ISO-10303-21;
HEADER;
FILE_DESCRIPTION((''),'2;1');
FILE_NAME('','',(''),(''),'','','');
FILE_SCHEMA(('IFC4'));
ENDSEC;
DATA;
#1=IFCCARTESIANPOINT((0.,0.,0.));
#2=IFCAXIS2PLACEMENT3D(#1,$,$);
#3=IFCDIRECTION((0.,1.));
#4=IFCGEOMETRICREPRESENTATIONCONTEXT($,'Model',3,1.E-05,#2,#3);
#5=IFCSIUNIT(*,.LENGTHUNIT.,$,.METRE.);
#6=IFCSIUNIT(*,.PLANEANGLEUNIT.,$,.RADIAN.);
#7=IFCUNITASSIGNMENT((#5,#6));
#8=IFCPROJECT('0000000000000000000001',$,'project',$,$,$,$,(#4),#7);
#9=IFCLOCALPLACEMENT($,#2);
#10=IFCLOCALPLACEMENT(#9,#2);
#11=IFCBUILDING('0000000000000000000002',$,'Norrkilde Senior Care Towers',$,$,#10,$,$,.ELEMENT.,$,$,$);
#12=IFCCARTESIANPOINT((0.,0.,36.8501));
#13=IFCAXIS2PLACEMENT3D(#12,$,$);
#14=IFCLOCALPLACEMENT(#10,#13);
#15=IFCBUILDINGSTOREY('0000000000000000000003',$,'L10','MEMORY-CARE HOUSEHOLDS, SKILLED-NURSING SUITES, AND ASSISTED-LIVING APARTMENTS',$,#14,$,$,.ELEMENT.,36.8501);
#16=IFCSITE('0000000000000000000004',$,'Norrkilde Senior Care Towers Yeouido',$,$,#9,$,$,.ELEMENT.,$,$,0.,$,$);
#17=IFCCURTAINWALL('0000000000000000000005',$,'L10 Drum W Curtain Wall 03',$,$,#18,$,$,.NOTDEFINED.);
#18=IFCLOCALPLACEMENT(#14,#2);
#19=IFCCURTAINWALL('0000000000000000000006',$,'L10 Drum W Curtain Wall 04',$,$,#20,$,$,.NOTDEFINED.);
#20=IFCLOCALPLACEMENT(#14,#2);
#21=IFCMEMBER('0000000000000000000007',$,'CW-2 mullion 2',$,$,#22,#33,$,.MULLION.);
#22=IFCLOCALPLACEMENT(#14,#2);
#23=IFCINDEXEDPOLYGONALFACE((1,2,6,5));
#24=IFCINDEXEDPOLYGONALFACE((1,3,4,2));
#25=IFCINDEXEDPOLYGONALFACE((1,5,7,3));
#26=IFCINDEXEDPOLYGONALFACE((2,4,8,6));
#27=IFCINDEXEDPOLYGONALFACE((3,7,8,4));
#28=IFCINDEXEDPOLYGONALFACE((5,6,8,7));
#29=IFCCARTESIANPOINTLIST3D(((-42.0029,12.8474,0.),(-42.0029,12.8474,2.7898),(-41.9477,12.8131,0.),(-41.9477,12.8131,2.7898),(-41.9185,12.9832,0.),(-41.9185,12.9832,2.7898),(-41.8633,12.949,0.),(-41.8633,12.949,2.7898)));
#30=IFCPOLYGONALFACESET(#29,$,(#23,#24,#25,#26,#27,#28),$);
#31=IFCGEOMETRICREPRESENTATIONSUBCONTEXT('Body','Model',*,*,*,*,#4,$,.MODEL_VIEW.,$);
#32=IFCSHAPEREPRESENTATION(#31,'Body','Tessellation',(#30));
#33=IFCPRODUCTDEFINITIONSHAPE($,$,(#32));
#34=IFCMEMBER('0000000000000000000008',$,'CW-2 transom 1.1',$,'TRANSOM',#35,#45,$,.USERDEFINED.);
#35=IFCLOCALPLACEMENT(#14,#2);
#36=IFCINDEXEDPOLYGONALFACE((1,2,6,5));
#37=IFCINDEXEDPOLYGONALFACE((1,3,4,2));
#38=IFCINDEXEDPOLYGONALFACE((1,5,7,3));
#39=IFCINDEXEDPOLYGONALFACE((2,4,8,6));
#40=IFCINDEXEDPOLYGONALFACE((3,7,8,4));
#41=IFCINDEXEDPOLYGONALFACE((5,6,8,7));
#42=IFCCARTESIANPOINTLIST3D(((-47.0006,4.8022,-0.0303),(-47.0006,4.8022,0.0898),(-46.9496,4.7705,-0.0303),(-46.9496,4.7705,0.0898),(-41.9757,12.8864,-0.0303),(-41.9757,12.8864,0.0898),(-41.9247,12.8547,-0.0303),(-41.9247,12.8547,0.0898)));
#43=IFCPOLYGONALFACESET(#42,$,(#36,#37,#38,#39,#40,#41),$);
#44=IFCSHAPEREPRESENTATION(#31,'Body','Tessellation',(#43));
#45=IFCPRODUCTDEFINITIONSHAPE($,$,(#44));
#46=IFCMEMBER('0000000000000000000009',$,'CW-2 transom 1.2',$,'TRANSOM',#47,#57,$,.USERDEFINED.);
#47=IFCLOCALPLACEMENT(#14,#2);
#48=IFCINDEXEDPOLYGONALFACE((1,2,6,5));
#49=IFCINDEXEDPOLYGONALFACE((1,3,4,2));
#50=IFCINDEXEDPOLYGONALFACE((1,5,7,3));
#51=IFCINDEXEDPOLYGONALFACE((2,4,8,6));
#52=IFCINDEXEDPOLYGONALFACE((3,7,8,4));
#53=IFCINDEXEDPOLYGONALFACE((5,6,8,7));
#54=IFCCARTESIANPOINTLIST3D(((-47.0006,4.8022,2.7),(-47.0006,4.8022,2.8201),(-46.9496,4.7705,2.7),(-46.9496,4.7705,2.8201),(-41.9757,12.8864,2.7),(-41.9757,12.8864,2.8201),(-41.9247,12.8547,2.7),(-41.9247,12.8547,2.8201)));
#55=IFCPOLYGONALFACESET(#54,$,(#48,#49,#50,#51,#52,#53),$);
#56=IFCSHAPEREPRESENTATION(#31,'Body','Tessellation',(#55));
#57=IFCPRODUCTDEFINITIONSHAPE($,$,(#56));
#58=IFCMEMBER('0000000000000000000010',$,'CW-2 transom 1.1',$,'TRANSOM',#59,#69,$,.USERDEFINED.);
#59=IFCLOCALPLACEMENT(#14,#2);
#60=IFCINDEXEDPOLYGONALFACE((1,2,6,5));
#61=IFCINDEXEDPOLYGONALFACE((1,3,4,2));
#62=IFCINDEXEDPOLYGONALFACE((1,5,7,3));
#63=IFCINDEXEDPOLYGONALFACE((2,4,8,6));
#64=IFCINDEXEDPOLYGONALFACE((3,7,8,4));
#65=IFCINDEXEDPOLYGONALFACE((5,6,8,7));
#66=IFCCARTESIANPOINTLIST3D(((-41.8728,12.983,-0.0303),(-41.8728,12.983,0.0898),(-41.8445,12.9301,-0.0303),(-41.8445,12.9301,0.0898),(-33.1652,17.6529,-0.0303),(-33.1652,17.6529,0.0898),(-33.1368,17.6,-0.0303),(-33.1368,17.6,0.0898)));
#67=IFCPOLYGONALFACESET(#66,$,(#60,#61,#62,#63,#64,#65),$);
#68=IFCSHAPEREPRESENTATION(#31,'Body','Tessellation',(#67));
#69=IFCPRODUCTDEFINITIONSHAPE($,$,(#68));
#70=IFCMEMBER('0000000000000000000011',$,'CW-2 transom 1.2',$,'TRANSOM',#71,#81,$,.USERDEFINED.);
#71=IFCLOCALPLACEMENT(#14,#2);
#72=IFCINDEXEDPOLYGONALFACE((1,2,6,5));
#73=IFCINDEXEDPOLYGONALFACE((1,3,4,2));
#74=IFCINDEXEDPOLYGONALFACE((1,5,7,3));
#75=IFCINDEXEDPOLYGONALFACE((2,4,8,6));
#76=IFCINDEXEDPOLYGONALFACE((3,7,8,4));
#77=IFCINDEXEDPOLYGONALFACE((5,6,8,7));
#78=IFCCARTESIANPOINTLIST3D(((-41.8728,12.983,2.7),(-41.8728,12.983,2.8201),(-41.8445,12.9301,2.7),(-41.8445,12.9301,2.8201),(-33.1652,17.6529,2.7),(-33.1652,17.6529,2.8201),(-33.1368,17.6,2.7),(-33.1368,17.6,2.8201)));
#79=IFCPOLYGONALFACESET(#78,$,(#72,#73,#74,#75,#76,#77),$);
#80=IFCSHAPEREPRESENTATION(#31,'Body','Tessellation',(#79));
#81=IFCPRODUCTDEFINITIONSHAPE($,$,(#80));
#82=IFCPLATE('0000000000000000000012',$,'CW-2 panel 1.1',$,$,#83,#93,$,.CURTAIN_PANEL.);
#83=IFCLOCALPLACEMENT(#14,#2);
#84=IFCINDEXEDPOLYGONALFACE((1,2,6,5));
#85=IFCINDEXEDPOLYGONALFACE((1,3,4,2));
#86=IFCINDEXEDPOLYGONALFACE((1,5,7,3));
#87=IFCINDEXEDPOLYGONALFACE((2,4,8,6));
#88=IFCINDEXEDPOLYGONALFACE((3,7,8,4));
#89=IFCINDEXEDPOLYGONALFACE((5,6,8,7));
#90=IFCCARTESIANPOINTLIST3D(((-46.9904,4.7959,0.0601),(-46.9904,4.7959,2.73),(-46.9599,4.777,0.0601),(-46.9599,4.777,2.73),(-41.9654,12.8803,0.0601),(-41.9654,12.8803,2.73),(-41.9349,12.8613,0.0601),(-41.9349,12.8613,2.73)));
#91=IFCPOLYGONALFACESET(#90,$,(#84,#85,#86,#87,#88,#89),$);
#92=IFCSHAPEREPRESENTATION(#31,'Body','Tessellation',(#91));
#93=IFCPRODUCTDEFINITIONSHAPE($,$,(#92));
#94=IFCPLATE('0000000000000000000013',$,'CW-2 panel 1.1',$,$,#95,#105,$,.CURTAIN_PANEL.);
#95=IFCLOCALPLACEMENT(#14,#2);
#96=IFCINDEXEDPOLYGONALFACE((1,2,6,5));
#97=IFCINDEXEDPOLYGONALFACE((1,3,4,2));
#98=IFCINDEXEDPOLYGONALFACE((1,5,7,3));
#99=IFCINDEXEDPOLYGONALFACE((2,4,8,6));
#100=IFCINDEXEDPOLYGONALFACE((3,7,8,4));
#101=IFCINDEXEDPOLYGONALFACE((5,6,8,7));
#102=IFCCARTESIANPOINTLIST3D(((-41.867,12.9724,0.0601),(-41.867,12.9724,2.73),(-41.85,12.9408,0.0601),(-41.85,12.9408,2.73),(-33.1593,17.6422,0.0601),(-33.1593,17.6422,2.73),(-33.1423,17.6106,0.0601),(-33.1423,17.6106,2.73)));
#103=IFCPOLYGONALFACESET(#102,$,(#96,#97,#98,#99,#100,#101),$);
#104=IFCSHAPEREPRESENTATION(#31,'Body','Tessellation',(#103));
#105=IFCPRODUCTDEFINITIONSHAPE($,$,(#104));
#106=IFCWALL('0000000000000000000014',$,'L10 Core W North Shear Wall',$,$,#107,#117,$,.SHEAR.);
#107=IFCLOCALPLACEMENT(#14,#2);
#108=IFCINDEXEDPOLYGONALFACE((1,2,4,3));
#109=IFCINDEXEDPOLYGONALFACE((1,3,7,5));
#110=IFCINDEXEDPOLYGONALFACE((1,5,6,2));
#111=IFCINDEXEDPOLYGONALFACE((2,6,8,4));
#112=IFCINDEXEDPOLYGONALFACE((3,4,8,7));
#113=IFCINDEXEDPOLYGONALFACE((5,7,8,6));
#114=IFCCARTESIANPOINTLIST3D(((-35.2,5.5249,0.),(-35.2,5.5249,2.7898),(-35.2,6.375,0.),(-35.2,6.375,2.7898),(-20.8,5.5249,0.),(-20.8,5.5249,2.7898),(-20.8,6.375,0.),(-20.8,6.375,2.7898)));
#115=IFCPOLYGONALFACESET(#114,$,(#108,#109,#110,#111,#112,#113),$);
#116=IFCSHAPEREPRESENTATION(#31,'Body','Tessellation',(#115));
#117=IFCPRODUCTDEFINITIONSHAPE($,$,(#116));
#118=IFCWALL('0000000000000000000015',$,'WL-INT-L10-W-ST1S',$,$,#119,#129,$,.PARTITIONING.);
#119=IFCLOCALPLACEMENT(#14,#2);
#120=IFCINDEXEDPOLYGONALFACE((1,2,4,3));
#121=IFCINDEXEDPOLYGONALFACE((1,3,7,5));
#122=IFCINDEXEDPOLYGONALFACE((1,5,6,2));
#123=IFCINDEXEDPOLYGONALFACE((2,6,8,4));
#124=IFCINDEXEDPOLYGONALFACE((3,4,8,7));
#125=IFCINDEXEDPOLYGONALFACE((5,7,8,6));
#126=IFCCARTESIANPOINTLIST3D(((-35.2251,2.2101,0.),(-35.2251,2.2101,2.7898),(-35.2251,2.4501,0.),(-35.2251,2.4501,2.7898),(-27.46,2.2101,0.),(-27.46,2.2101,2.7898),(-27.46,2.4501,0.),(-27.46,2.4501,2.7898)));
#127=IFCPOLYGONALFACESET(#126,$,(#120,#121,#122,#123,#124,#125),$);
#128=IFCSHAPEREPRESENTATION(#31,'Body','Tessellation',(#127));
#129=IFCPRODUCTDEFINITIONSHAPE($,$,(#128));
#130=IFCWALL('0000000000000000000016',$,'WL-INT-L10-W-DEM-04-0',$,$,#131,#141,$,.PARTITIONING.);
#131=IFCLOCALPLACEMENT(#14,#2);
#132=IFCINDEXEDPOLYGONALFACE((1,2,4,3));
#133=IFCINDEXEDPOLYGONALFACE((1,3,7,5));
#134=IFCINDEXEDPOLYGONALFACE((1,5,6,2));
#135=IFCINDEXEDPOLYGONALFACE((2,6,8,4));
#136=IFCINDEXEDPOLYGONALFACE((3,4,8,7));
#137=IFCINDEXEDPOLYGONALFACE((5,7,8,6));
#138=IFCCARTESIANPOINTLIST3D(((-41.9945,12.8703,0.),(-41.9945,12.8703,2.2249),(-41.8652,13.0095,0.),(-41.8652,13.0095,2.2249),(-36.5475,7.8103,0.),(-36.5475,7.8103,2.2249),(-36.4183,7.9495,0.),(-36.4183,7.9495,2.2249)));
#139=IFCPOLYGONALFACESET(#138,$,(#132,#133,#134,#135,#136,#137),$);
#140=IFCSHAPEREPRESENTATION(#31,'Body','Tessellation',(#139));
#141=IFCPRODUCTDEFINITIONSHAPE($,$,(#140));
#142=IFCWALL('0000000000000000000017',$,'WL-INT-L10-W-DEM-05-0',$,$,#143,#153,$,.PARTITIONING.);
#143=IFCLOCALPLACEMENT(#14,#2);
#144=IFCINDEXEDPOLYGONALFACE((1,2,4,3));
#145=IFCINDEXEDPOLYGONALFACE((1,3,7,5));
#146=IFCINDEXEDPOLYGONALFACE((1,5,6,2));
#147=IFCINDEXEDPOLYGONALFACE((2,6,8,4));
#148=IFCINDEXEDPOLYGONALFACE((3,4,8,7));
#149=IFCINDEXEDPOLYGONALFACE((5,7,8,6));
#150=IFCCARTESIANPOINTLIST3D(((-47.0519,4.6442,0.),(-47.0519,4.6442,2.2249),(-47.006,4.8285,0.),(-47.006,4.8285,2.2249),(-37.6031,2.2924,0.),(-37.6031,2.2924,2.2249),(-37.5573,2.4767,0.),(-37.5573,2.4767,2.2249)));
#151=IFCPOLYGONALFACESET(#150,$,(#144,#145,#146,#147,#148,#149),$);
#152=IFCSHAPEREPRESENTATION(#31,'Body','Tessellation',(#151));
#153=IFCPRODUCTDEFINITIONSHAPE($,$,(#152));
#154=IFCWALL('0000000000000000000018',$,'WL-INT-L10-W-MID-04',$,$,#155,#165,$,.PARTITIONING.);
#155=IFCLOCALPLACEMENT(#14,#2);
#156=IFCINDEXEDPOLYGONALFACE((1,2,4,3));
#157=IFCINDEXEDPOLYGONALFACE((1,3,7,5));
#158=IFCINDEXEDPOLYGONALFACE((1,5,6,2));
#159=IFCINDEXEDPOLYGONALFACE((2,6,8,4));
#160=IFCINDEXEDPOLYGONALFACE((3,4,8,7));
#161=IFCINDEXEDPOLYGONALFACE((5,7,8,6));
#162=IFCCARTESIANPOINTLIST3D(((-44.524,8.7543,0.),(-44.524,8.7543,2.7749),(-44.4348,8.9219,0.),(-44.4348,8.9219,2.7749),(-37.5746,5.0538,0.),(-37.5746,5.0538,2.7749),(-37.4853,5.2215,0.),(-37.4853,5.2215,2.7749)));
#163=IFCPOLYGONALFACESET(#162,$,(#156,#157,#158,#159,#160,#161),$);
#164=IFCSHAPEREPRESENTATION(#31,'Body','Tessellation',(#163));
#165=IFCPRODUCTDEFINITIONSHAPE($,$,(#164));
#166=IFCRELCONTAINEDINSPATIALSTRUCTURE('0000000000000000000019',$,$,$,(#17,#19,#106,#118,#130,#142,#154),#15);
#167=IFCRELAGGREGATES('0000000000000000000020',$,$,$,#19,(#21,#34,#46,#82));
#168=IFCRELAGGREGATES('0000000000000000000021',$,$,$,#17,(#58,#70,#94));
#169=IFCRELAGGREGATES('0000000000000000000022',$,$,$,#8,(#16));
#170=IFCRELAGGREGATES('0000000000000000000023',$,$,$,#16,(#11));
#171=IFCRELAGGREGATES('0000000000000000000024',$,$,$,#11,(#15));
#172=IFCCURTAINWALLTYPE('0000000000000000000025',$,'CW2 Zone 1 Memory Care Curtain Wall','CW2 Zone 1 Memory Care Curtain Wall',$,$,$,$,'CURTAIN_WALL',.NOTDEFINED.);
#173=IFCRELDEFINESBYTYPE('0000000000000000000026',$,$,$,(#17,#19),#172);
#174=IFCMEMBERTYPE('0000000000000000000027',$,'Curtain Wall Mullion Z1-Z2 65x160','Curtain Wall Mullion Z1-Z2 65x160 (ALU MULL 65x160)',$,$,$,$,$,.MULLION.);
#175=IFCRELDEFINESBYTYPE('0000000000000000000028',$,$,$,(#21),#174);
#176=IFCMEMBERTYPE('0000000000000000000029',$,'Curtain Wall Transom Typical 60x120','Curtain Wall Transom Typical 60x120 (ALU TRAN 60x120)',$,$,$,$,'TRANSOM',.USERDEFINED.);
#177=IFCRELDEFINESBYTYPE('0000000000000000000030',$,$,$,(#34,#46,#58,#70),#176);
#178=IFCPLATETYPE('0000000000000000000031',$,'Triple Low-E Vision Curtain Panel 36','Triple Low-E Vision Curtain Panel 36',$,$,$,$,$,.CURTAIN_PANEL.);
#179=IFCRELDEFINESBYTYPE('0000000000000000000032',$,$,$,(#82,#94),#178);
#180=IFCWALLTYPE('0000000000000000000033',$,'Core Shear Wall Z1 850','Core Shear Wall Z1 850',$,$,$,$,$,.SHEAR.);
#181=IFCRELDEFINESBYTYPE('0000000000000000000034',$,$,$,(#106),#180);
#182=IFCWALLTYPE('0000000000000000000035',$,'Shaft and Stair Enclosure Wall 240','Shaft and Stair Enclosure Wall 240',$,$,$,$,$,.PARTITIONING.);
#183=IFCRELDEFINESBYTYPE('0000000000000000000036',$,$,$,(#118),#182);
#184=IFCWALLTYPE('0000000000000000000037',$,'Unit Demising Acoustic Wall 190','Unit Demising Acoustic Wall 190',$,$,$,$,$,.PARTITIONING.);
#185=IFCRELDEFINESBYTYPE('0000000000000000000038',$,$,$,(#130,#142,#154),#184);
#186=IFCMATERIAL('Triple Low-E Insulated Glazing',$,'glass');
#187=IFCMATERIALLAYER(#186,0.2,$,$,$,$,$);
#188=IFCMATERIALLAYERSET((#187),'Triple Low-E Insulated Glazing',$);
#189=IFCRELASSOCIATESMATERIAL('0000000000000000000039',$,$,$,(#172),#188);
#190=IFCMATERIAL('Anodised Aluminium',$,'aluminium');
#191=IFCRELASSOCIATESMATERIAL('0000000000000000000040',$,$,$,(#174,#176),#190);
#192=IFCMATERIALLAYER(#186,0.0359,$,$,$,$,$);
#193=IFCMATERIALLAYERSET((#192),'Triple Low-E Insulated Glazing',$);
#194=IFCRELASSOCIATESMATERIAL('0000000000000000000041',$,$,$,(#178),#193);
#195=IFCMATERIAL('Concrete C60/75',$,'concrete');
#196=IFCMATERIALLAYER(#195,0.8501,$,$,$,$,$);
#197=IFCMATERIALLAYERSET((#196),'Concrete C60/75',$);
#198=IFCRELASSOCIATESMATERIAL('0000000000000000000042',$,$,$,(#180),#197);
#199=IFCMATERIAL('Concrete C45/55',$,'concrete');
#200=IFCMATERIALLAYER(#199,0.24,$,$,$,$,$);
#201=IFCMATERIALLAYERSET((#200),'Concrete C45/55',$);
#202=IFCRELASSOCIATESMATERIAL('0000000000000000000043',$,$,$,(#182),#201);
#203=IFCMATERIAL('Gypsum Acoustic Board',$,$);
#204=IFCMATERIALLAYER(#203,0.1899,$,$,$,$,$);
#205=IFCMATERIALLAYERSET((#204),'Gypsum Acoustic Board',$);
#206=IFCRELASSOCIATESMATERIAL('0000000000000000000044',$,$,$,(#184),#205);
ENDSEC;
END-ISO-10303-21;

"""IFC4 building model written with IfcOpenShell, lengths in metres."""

from ifc_helpers import new_model, si_unit, direction, frame, frame_2d, origin, origin_2d, place, context, subcontext, project, spatial, rectangle, extrude, source, transform, mapped, material, layer, layer_set, material_profile, profile_set, type_object, type_shapes, element, aggregate, save


model = new_model("IFC4")

# Units and contexts
model_context = context("Model", 3, precision=1e-05, world=origin(), true_north=direction((0.0, 1.0)))
body_context = subcontext(model_context, "Body", "Model", "MODEL_VIEW")
ifc_project = project(units=[si_unit("LENGTHUNIT", "METRE"), si_unit("PLANEANGLEUNIT", "RADIAN")], contexts=[model_context])

# Site, building, storey
site_placement = place(None, origin())
site = spatial("IfcSite", under=ifc_project, at=site_placement, Name="Norrkilde Senior Care Towers Yeouido", CompositionType="ELEMENT", RefElevation=0.0)
building_placement = place(site_placement, origin())
building = spatial("IfcBuilding", under=site, at=building_placement, Name="Norrkilde Senior Care Towers", CompositionType="ELEMENT")
storey_placement = place(building_placement, frame((0.0, 0.0, 36.8501)))
storey = spatial("IfcBuildingStorey", under=building, at=storey_placement, Name="L10", Description="MEMORY-CARE HOUSEHOLDS, SKILLED-NURSING SUITES, AND ASSISTED-LIVING APARTMENTS", CompositionType="ELEMENT", Elevation=36.8501)

# Shared definitions
ifc_material_1 = material(Name="Concrete C60/75", Category="concrete")

# Curtain wall
ifc_material_2 = material(Name="Triple Low-E Insulated Glazing", Category="glass")
ifc_layer_1 = layer(ifc_material_2, 0.2)
ifc_layer_set_1 = layer_set([ifc_layer_1], Name="Triple Low-E Insulated Glazing")
curtain_wall_type = type_object("IfcCurtainWallType", Name="CW2 Zone 1 Memory Care Curtain Wall", Description="CW2 Zone 1 Memory Care Curtain Wall", ElementType="CURTAIN_WALL", PredefinedType="NOTDEFINED", material=ifc_layer_set_1)
curtain_wall_1_placement = place(storey_placement, origin())
curtain_wall_1 = element("IfcCurtainWall", 1, at=curtain_wall_1_placement, inside=storey, type_object=curtain_wall_type, Name="L10 Drum W Curtain Wall 03", PredefinedType="NOTDEFINED")
ifc_material_3 = material(Name="Anodised Aluminium", Category="aluminium")
ifc_material_profile_1 = material_profile(ifc_material_3, rectangle(XDim=0.0649, YDim=0.1599, at=origin_2d()), Name="ALU MULL 65x160")
ifc_profile_set_1 = profile_set([ifc_material_profile_1], Name="Anodised Aluminium")
member_type_1 = type_object("IfcMemberType", Name="Curtain Wall Mullion Z1-Z2 65x160", Description="Curtain Wall Mullion Z1-Z2 65x160 (ALU MULL 65x160)", PredefinedType="MULLION", material=ifc_profile_set_1)
shared_shape_1 = source(origin(), body_context, "Body", "SweptSolid", [
    extrude(rectangle(XDim=0.0649, YDim=0.1599, at=origin_2d()), origin(), (0.0, 0.0, 1.0), 2.7898),
])
type_shapes(member_type_1, [shared_shape_1])

# Curtain wall, members
curtain_wall_2_placement = place(storey_placement, origin())
curtain_wall_2 = element("IfcCurtainWall", 2, at=curtain_wall_2_placement, inside=storey, type_object=curtain_wall_type, Name="L10 Drum W Curtain Wall 04", PredefinedType="NOTDEFINED")
member_1_placement = place(storey_placement, frame((-41.9331, 12.8982, 0.0), z_axis=(0.0, 0.0, 1.0), x_axis=(-0.849306, 0.527901, 0.0)))
member_1 = element("IfcMember", 3, at=member_1_placement, type_object=member_type_1, Name="CW-2 mullion 2", PredefinedType="MULLION", context=body_context, shape_type="MappedRepresentation", body=[
    mapped(shared_shape_1, transform((0.0, 0.0, 0.0), x_axis=(1.0, 0.0, 0.0), y_axis=(0.0, 1.0, 0.0), z_axis=(0.0, 0.0, 1.0), scale=1.0)),
])
ifc_material_profile_2 = material_profile(ifc_material_3, rectangle(XDim=0.0601, YDim=0.1201, at=origin_2d()), Name="ALU TRAN 60x120")
ifc_profile_set_2 = profile_set([ifc_material_profile_2], Name="Anodised Aluminium")
member_type_2 = type_object("IfcMemberType", Name="Curtain Wall Transom Typical 60x120", Description="Curtain Wall Transom Typical 60x120 (ALU TRAN 60x120)", ElementType="TRANSOM", PredefinedType="USERDEFINED", material=ifc_profile_set_2)
shared_shape_2 = source(origin(), body_context, "Body", "SweptSolid", [
    extrude(rectangle(XDim=0.0601, YDim=0.1201, at=origin_2d()), origin(), (0.0, 0.0, 1.0), 9.5186),
])
member_2_placement = place(storey_placement, frame((-46.9751, 4.7864, 0.0298), z_axis=(0.527902, 0.849306, 0.0), x_axis=(-0.849306, 0.527902, 0.0)))
member_2 = element("IfcMember", 4, at=member_2_placement, type_object=member_type_2, Name="CW-2 transom 1.1", ObjectType="TRANSOM", PredefinedType="USERDEFINED", context=body_context, shape_type="MappedRepresentation", body=[
    mapped(shared_shape_2, transform((0.0, 0.0, 0.0), x_axis=(1.0, 0.0, 0.0), y_axis=(0.0, 1.0, 0.0), z_axis=(0.0, 0.0, 1.0), scale=1.0)),
])
member_3_placement = place(storey_placement, frame((-46.9751, 4.7864, 2.76), z_axis=(0.527902, 0.849306, 0.0), x_axis=(-0.849306, 0.527902, 0.0)))
member_3 = element("IfcMember", 5, at=member_3_placement, type_object=member_type_2, Name="CW-2 transom 1.2", ObjectType="TRANSOM", PredefinedType="USERDEFINED", context=body_context, shape_type="MappedRepresentation", body=[
    mapped(shared_shape_2, transform((0.0, 0.0, 0.0), x_axis=(1.0, 0.0, 0.0), y_axis=(0.0, 1.0, 0.0), z_axis=(0.0, 0.0, 1.0), scale=1.0)),
])

# Members
shared_shape_3 = source(origin(), body_context, "Body", "SweptSolid", [
    extrude(rectangle(XDim=0.0601, YDim=0.1201, at=origin_2d()), origin(), (0.0, 0.0, 1.0), 9.8809),
])
type_shapes(member_type_2, [shared_shape_2, shared_shape_3])
member_4_placement = place(storey_placement, frame((-41.8586, 12.9565, 0.0298), z_axis=(0.881267, 0.472618, 0.0), x_axis=(-0.472618, 0.881267, 0.0)))
member_4 = element("IfcMember", 6, at=member_4_placement, type_object=member_type_2, Name="CW-2 transom 1.1", ObjectType="TRANSOM", PredefinedType="USERDEFINED", context=body_context, shape_type="MappedRepresentation", body=[
    mapped(shared_shape_3, transform((0.0, 0.0, 0.0), x_axis=(1.0, 0.0, 0.0), y_axis=(0.0, 1.0, 0.0), z_axis=(0.0, 0.0, 1.0), scale=1.0)),
])
member_5_placement = place(storey_placement, frame((-41.8586, 12.9565, 2.76), z_axis=(0.881267, 0.472618, 0.0), x_axis=(-0.472618, 0.881267, 0.0)))
member_5 = element("IfcMember", 7, at=member_5_placement, type_object=member_type_2, Name="CW-2 transom 1.2", ObjectType="TRANSOM", PredefinedType="USERDEFINED", context=body_context, shape_type="MappedRepresentation", body=[
    mapped(shared_shape_3, transform((0.0, 0.0, 0.0), x_axis=(1.0, 0.0, 0.0), y_axis=(0.0, 1.0, 0.0), z_axis=(0.0, 0.0, 1.0), scale=1.0)),
])

# Plates
ifc_layer_2 = layer(ifc_material_2, 0.0359)
ifc_layer_set_2 = layer_set([ifc_layer_2], Name="Triple Low-E Insulated Glazing")
plate_type = type_object("IfcPlateType", Name="Triple Low-E Vision Curtain Panel 36", Description="Triple Low-E Vision Curtain Panel 36", PredefinedType="CURTAIN_PANEL", material=ifc_layer_set_2)
shared_shape_4 = source(origin(), body_context, "Body", "SweptSolid", [
    extrude(rectangle(XDim=9.5188, YDim=0.0359, at=origin_2d()), origin(), (0.0, 0.0, 1.0), 2.6699),
])
plate_1_placement = place(storey_placement, frame((-44.4626, 8.8286, 0.0601), z_axis=(0.0, 0.0, 1.0), x_axis=(0.527901, 0.849306, 0.0)))
plate_1 = element("IfcPlate", 8, at=plate_1_placement, type_object=plate_type, Name="CW-2 panel 1.1", PredefinedType="CURTAIN_PANEL", context=body_context, shape_type="MappedRepresentation", body=[
    mapped(shared_shape_4, transform((0.0, 0.0, 0.0), x_axis=(1.0, 0.0, 0.0), y_axis=(0.0, 1.0, 0.0), z_axis=(0.0, 0.0, 1.0), scale=1.0)),
])
aggregate(curtain_wall_2, [member_1, member_2, member_3, plate_1])
shared_shape_5 = source(origin(), body_context, "Body", "SweptSolid", [
    extrude(rectangle(XDim=9.8809, YDim=0.0359, at=origin_2d()), origin(), (0.0, 0.0, 1.0), 2.6699),
])
type_shapes(plate_type, [shared_shape_4, shared_shape_5])
plate_2_placement = place(storey_placement, frame((-37.5046, 15.2915, 0.0601), z_axis=(0.0, 0.0, 1.0), x_axis=(0.881273, 0.472608, 0.0)))
plate_2 = element("IfcPlate", 9, at=plate_2_placement, type_object=plate_type, Name="CW-2 panel 1.1", PredefinedType="CURTAIN_PANEL", context=body_context, shape_type="MappedRepresentation", body=[
    mapped(shared_shape_5, transform((0.0, 0.0, 0.0), x_axis=(1.0, 0.0, 0.0), y_axis=(0.0, 1.0, 0.0), z_axis=(0.0, 0.0, 1.0), scale=1.0)),
])
aggregate(curtain_wall_1, [member_4, member_5, plate_2])

# Walls
ifc_layer_3 = layer(ifc_material_1, 0.8501)
ifc_layer_set_3 = layer_set([ifc_layer_3], Name="Concrete C60/75")
wall_type_1 = type_object("IfcWallType", Name="Core Shear Wall Z1 850", Description="Core Shear Wall Z1 850", PredefinedType="SHEAR", material=ifc_layer_set_3)
shared_shape_6 = source(origin(), body_context, "Body", "SweptSolid", [
    extrude(rectangle(XDim=14.3999, YDim=0.8501, at=frame_2d((7.2, 0.0))), origin(), (0.0, 0.0, 1.0), 2.7898),
])
type_shapes(wall_type_1, [shared_shape_6])
wall_1_placement = place(storey_placement, frame((-35.2, 5.95, 0.0), z_axis=(0.0, 0.0, 1.0), x_axis=(1.0, 0.0, 0.0)))
element("IfcWall", 10, at=wall_1_placement, inside=storey, type_object=wall_type_1, Name="L10 Core W North Shear Wall", PredefinedType="SHEAR", context=body_context, shape_type="MappedRepresentation", body=[
    mapped(shared_shape_6, transform((0.0, 0.0, 0.0), x_axis=(1.0, 0.0, 0.0), y_axis=(0.0, 1.0, 0.0), z_axis=(0.0, 0.0, 1.0), scale=1.0)),
])
ifc_material_4 = material(Name="Concrete C45/55", Category="concrete")
ifc_layer_4 = layer(ifc_material_4, 0.24)
ifc_layer_set_4 = layer_set([ifc_layer_4], Name="Concrete C45/55")
wall_type_2 = type_object("IfcWallType", Name="Shaft and Stair Enclosure Wall 240", Description="Shaft and Stair Enclosure Wall 240", PredefinedType="PARTITIONING", material=ifc_layer_set_4)
shared_shape_7 = source(origin(), body_context, "Body", "SweptSolid", [
    extrude(rectangle(XDim=7.7651, YDim=0.24, at=frame_2d((3.8826, 0.0))), origin(), (0.0, 0.0, 1.0), 2.7898),
])
type_shapes(wall_type_2, [shared_shape_7])
wall_2_placement = place(storey_placement, frame((-35.2251, 2.3301, 0.0), z_axis=(0.0, 0.0, 1.0), x_axis=(1.0, 0.0, 0.0)))
element("IfcWall", 11, at=wall_2_placement, inside=storey, type_object=wall_type_2, Name="WL-INT-L10-W-ST1S", PredefinedType="PARTITIONING", context=body_context, shape_type="MappedRepresentation", body=[
    mapped(shared_shape_7, transform((0.0, 0.0, 0.0), x_axis=(1.0, 0.0, 0.0), y_axis=(0.0, 1.0, 0.0), z_axis=(0.0, 0.0, 1.0), scale=1.0)),
])

# Shared definitions
ifc_material_5 = material(Name="Gypsum Acoustic Board")

# Walls
ifc_layer_5 = layer(ifc_material_5, 0.1899)
ifc_layer_set_5 = layer_set([ifc_layer_5], Name="Gypsum Acoustic Board")
wall_type_3 = type_object("IfcWallType", Name="Unit Demising Acoustic Wall 190", Description="Unit Demising Acoustic Wall 190", PredefinedType="PARTITIONING", material=ifc_layer_set_5)
shared_shape_8 = source(origin(), body_context, "Body", "SweptSolid", [
    extrude(rectangle(XDim=7.4346, YDim=0.1899, at=frame_2d((3.7173, 0.0))), origin(), (0.0, 0.0, 1.0), 2.2249),
])
wall_3_placement = place(storey_placement, frame((-36.4829, 7.8799, 0.0), z_axis=(0.0, 0.0, 1.0), x_axis=(-0.732652, 0.680603, 0.0)))
element("IfcWall", 12, at=wall_3_placement, inside=storey, type_object=wall_type_3, Name="WL-INT-L10-W-DEM-04-0", PredefinedType="PARTITIONING", context=body_context, shape_type="MappedRepresentation", body=[
    mapped(shared_shape_8, transform((0.0, 0.0, 0.0), x_axis=(1.0, 0.0, 0.0), y_axis=(0.0, 1.0, 0.0), z_axis=(0.0, 0.0, 1.0), scale=1.0)),
])
shared_shape_9 = source(origin(), body_context, "Body", "SweptSolid", [
    extrude(rectangle(XDim=9.7371, YDim=0.1899, at=frame_2d((4.8687, 0.0))), origin(), (0.0, 0.0, 1.0), 2.2249),
])
wall_4_placement = place(storey_placement, frame((-37.5801, 2.3845, 0.0), z_axis=(0.0, 0.0, 1.0), x_axis=(-0.970393, 0.241533, 0.0)))
element("IfcWall", 13, at=wall_4_placement, inside=storey, type_object=wall_type_3, Name="WL-INT-L10-W-DEM-05-0", PredefinedType="PARTITIONING", context=body_context, shape_type="MappedRepresentation", body=[
    mapped(shared_shape_9, transform((0.0, 0.0, 0.0), x_axis=(1.0, 0.0, 0.0), y_axis=(0.0, 1.0, 0.0), z_axis=(0.0, 0.0, 1.0), scale=1.0)),
])
shared_shape_10 = source(origin(), body_context, "Body", "SweptSolid", [
    extrude(rectangle(XDim=7.8733, YDim=0.1899, at=frame_2d((3.9365, 0.0))), origin(), (0.0, 0.0, 1.0), 2.7749),
])
wall_5_placement = place(storey_placement, frame((-37.53, 5.1377, 0.0), z_axis=(0.0, 0.0, 1.0), x_axis=(-0.882666, 0.470001, 0.0)))
element("IfcWall", 14, at=wall_5_placement, inside=storey, type_object=wall_type_3, Name="WL-INT-L10-W-MID-04", PredefinedType="PARTITIONING", context=body_context, shape_type="MappedRepresentation", body=[
    mapped(shared_shape_10, transform((0.0, 0.0, 0.0), x_axis=(1.0, 0.0, 0.0), y_axis=(0.0, 1.0, 0.0), z_axis=(0.0, 0.0, 1.0), scale=1.0)),
])

save(model, "model.ifc")
